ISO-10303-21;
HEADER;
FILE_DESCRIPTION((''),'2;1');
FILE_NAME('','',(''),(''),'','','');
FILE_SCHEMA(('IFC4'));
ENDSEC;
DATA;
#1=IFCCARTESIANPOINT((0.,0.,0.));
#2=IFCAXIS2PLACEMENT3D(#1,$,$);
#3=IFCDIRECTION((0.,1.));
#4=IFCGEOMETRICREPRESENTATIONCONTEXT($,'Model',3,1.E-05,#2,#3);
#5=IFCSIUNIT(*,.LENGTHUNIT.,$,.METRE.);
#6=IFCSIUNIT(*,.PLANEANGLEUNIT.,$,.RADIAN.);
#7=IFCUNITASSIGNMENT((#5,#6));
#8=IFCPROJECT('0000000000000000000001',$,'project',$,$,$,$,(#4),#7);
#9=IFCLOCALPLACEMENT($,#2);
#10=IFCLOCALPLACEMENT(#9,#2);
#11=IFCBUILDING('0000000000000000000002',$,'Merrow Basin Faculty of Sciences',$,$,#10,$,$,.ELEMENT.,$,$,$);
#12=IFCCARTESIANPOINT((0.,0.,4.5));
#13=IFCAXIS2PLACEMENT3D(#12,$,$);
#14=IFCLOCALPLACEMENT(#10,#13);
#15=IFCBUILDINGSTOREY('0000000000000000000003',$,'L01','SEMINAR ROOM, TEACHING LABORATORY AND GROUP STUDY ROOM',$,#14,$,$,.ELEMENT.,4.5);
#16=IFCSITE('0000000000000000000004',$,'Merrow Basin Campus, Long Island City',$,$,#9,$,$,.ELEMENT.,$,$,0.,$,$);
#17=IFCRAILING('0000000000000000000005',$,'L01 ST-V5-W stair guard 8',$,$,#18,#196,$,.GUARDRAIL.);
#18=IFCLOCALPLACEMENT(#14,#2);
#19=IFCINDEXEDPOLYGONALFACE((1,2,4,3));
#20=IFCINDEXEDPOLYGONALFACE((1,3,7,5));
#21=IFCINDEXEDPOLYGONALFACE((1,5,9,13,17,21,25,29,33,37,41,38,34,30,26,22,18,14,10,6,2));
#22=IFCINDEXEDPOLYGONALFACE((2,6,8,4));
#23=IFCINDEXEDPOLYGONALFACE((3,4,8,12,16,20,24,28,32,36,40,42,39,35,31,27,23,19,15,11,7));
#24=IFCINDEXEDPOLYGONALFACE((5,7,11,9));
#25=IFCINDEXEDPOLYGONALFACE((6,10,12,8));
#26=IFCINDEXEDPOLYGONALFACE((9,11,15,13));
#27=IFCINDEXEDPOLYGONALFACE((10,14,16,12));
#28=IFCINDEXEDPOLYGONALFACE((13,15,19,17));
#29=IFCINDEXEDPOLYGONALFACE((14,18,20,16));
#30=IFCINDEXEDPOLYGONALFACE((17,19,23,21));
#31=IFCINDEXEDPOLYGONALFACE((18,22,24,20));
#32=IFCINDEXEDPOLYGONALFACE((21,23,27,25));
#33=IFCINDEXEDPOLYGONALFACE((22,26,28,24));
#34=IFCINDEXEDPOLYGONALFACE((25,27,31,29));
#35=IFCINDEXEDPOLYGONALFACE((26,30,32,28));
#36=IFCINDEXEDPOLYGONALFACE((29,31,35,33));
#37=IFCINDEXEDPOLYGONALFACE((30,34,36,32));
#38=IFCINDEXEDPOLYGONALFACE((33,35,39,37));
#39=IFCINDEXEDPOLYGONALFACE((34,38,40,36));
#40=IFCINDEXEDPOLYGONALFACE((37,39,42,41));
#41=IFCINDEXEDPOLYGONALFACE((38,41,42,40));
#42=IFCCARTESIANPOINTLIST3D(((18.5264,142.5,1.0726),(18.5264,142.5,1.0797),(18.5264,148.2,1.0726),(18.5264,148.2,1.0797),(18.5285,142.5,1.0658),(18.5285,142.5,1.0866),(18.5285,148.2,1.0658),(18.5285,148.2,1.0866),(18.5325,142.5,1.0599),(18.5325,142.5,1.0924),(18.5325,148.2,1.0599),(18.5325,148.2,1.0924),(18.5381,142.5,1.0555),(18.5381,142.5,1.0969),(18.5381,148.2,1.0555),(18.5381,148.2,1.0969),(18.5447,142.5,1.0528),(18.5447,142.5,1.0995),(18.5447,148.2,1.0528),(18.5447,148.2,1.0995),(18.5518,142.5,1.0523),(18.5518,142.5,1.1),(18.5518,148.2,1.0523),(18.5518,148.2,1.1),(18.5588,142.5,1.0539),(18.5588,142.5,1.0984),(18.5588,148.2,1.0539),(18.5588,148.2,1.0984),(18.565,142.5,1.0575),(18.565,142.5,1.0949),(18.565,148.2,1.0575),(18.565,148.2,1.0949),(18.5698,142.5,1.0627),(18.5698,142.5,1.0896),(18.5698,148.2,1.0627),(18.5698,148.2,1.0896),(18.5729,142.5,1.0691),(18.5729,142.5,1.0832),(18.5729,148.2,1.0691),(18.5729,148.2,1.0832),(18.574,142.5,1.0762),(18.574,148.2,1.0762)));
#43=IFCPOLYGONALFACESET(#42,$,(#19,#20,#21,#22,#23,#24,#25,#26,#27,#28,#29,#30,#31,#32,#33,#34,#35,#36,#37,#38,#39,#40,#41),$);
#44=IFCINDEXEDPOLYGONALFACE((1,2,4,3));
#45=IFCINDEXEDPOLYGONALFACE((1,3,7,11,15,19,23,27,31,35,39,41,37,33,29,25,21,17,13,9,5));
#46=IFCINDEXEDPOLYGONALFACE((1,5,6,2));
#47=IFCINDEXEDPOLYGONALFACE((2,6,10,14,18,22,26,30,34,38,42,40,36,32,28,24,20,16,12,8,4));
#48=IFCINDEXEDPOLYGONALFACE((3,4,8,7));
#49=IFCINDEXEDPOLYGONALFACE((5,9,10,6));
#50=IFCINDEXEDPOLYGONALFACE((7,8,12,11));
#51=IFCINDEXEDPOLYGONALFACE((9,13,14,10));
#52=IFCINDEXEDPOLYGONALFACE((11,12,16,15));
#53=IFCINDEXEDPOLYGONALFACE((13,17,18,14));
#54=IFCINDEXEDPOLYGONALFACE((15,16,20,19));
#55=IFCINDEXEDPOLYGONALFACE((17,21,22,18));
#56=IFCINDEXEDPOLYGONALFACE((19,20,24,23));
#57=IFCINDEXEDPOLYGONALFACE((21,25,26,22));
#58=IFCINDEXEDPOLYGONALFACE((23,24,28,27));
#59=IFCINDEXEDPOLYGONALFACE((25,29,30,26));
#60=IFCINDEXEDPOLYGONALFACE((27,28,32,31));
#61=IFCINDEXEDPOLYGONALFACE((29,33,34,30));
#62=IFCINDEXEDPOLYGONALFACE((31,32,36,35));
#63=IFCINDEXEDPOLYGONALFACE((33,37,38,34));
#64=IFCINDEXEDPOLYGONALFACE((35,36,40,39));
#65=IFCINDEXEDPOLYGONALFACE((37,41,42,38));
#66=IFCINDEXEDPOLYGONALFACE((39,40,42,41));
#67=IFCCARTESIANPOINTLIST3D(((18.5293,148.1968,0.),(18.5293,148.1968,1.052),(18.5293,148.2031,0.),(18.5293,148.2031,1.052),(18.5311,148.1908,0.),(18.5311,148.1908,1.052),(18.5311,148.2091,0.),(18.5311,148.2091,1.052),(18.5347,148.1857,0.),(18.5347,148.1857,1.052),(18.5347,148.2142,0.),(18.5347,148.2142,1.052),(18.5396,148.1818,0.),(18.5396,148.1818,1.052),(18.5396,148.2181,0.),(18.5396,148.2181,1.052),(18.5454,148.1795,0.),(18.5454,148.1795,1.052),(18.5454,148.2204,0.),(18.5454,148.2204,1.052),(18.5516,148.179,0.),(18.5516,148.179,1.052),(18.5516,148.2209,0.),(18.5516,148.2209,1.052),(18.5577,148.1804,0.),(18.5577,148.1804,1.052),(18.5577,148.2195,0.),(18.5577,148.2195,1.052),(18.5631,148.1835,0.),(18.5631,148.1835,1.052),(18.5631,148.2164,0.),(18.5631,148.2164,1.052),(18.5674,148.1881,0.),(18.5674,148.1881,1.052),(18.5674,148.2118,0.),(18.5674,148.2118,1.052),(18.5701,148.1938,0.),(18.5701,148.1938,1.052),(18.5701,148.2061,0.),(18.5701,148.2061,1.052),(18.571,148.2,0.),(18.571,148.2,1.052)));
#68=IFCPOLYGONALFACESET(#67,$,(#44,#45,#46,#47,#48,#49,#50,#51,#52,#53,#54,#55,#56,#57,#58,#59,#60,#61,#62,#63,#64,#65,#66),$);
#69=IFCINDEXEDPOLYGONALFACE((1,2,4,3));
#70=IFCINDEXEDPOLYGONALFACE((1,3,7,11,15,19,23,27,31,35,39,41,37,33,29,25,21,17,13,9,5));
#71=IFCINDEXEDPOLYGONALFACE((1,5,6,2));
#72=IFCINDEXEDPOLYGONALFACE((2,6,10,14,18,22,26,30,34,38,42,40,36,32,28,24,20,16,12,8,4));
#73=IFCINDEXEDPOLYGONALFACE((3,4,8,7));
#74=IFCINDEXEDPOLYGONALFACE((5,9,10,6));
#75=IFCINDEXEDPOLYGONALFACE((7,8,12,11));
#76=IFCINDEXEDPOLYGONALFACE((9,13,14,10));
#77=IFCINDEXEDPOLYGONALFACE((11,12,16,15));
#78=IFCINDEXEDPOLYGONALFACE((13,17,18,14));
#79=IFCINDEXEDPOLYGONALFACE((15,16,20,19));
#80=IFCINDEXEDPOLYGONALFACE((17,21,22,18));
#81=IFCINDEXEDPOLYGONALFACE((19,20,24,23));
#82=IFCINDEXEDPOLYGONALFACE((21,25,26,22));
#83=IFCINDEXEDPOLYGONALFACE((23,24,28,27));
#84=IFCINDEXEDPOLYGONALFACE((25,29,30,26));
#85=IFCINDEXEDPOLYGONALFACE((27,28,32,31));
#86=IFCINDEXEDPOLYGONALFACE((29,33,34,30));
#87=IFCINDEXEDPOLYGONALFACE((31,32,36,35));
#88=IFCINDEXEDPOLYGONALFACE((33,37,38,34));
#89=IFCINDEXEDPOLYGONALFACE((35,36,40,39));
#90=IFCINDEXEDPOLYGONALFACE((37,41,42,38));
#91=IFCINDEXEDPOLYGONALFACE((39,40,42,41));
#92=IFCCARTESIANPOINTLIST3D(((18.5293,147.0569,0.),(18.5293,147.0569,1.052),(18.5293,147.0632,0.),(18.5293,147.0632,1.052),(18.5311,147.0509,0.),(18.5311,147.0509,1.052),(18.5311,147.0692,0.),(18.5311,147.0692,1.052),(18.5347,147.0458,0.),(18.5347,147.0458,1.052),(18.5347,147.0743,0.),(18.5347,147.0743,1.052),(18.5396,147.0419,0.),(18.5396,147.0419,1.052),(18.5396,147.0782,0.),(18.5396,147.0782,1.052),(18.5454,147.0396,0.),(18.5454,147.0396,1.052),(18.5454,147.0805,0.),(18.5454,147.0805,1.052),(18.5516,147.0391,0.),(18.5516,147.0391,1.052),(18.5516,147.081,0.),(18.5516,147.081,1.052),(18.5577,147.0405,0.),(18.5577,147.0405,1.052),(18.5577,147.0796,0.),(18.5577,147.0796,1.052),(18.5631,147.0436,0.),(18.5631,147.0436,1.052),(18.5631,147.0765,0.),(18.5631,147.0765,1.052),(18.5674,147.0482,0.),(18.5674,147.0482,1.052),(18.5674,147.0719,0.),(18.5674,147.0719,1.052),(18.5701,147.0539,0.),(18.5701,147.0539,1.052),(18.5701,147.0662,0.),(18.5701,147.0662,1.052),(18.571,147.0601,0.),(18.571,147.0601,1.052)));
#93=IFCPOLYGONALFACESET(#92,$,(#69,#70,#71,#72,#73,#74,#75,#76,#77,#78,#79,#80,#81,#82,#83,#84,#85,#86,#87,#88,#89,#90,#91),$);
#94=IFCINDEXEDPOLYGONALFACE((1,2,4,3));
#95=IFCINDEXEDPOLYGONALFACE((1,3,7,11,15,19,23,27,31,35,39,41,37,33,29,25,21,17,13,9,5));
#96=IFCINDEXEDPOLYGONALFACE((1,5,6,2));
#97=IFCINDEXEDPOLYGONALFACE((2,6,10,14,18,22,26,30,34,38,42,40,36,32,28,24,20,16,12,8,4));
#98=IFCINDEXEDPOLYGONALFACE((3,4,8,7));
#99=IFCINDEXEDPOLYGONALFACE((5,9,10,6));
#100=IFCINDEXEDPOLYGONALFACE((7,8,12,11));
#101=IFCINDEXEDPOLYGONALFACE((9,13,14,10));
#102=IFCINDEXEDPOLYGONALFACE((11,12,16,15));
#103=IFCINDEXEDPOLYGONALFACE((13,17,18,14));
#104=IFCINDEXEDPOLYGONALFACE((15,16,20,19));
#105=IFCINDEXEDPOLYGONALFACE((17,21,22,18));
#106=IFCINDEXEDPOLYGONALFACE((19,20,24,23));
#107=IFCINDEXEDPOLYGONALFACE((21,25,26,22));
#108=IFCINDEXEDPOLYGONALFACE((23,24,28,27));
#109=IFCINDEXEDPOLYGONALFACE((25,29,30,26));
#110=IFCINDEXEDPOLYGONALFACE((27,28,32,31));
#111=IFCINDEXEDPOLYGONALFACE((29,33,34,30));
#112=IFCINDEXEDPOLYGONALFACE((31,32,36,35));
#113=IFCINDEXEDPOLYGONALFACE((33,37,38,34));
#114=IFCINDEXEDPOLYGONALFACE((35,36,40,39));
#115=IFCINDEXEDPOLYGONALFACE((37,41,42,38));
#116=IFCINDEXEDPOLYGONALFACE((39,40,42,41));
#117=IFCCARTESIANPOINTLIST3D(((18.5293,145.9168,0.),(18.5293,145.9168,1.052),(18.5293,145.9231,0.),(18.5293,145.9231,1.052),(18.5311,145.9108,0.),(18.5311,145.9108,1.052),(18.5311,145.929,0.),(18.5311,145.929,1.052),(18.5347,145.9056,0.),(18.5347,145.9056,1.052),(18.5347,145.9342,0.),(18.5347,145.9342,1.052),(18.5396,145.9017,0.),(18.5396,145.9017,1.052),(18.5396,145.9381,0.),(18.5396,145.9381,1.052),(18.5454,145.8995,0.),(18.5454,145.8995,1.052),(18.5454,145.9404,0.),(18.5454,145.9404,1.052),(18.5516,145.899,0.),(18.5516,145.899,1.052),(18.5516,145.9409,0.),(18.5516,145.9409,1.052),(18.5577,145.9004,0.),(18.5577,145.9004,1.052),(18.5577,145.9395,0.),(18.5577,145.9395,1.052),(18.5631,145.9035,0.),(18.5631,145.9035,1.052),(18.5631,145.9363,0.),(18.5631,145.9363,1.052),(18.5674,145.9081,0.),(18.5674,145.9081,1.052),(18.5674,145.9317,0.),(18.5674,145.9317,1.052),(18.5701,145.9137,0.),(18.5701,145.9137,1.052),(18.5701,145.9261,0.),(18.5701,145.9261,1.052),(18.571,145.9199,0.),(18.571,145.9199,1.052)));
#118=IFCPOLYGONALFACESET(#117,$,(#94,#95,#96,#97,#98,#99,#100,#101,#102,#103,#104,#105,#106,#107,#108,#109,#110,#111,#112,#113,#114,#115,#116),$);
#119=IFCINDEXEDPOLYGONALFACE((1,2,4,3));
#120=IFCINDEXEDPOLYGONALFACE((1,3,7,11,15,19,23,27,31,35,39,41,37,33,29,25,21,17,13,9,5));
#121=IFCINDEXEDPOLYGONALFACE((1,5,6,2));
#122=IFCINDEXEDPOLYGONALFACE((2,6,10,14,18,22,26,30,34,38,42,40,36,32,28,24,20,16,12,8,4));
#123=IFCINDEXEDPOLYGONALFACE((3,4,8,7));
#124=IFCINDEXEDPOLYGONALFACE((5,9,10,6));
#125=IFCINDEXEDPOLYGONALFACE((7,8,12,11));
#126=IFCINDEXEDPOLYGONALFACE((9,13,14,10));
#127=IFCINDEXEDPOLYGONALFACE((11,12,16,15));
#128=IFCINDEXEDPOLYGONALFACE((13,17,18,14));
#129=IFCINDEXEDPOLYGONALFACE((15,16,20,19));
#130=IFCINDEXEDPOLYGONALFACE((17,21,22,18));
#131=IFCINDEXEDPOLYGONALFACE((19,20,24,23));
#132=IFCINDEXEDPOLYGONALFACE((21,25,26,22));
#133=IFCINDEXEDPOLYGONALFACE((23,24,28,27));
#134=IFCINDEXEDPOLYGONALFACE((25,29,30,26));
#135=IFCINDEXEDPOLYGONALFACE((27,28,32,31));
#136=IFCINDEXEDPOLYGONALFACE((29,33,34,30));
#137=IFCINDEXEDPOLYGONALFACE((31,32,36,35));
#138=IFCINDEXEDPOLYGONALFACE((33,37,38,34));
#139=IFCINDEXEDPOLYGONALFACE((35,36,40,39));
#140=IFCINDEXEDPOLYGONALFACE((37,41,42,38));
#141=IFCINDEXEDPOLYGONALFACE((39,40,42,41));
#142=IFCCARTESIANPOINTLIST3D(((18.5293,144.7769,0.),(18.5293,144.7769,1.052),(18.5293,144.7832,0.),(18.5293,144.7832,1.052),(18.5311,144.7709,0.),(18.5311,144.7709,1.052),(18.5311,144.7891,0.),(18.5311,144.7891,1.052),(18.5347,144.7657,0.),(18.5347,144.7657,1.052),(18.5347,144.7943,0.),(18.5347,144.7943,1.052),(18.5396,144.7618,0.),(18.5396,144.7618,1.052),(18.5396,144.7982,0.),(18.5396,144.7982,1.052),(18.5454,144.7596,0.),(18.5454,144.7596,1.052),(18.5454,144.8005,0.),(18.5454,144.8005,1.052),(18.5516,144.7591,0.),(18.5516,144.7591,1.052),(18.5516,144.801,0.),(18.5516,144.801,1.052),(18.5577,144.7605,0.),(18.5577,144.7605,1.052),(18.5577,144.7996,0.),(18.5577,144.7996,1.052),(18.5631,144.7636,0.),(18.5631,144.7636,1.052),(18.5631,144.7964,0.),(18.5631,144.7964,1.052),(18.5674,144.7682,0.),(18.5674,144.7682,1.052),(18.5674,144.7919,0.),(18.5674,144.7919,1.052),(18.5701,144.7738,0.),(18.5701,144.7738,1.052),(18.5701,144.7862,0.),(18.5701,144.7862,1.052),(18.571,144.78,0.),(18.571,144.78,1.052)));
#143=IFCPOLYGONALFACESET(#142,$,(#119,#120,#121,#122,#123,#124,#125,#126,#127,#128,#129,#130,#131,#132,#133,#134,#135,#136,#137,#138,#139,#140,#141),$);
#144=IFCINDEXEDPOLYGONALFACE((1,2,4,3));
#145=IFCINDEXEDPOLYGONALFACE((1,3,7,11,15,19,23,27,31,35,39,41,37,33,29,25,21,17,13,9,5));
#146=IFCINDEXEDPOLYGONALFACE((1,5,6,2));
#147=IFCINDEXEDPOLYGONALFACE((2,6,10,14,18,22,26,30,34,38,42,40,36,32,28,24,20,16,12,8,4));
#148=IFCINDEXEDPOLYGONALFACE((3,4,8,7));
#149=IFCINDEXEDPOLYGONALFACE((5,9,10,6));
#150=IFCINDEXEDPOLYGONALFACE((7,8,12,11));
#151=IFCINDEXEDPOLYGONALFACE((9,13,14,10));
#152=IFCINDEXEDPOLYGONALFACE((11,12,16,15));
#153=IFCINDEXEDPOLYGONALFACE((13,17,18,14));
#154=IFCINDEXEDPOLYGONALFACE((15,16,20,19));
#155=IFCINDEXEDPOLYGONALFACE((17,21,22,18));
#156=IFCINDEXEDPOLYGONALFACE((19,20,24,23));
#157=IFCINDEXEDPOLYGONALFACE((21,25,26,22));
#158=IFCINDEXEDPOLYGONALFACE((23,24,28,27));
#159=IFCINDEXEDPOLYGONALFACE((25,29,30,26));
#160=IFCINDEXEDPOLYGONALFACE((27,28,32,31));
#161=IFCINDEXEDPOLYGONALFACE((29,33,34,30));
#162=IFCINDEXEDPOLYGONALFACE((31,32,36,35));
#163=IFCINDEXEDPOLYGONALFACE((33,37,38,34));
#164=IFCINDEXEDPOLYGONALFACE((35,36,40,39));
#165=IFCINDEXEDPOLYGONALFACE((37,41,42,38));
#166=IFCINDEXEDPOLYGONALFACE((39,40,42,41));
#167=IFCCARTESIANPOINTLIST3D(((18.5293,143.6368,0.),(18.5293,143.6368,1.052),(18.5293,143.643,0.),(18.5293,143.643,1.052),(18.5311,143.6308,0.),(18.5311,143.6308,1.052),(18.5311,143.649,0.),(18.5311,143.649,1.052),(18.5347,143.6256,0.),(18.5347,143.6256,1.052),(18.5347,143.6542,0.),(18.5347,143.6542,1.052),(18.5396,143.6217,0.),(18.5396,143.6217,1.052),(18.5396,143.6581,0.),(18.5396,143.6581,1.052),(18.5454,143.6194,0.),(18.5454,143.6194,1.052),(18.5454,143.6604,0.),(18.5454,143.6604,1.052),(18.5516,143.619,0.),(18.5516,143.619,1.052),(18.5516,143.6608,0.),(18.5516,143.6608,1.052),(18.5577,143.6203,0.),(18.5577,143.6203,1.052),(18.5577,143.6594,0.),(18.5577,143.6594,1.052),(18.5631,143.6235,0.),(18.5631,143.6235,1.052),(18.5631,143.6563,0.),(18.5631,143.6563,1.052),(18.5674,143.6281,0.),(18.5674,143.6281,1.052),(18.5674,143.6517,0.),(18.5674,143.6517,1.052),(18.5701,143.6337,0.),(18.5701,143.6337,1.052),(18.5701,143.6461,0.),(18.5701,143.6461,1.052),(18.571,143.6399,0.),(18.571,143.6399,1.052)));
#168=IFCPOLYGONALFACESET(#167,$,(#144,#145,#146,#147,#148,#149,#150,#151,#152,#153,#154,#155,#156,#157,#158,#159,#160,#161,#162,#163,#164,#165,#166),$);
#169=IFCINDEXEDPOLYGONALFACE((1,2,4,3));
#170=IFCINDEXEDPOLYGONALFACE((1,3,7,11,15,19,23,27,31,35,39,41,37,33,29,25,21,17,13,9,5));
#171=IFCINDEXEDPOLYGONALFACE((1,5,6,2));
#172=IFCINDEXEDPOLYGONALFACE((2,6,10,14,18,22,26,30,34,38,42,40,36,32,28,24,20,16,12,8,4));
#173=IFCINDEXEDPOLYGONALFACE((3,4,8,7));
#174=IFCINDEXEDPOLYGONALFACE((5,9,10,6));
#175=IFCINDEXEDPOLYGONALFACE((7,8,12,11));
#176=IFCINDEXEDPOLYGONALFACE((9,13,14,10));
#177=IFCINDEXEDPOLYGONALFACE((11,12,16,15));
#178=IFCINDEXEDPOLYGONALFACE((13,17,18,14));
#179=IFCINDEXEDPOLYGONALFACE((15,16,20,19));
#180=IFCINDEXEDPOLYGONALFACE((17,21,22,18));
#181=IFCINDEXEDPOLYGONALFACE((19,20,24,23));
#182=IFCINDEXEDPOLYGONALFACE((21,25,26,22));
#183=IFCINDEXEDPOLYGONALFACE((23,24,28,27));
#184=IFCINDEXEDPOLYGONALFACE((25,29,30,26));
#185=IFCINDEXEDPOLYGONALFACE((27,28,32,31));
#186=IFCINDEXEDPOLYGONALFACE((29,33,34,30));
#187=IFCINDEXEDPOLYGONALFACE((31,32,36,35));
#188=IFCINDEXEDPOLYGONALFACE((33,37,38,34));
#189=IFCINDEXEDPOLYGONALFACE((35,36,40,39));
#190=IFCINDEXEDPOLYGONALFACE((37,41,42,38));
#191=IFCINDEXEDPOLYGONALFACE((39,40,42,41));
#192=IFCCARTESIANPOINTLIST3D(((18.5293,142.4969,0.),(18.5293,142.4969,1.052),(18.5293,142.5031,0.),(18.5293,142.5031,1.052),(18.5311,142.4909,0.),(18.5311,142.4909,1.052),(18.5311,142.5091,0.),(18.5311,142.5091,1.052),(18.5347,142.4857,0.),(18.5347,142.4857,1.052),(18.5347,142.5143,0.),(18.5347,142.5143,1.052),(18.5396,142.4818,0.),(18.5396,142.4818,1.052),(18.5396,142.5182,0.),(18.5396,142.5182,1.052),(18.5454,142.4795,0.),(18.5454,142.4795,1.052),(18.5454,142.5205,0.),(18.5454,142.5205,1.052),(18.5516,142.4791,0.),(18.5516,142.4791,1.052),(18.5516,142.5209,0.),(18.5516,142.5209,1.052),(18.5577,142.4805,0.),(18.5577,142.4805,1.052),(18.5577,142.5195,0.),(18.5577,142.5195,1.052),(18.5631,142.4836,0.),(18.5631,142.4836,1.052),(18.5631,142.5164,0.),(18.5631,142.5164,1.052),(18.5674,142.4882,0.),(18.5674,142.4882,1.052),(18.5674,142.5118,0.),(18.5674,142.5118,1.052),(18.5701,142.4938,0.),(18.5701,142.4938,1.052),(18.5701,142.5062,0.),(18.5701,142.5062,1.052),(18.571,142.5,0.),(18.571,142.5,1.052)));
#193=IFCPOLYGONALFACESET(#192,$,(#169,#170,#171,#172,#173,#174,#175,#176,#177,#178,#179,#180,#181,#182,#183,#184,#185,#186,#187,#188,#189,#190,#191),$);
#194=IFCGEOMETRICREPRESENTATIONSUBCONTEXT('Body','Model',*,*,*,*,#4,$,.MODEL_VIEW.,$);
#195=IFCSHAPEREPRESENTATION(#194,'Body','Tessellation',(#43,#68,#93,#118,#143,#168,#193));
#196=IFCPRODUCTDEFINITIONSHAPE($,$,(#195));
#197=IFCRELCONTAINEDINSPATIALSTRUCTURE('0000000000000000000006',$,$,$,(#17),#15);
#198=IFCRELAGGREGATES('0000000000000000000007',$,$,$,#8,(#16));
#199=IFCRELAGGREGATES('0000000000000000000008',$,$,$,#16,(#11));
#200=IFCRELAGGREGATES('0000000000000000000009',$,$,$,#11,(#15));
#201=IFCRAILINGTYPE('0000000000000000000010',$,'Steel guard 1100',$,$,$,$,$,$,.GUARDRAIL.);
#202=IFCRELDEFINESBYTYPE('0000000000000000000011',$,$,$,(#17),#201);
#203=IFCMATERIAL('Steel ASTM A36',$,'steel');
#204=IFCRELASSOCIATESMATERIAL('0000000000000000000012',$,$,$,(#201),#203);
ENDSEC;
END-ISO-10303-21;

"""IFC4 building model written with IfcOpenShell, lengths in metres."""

from ifc_helpers import new_model, si_unit, direction, frame, origin, origin_2d, place, context, subcontext, project, spatial, circle, extrude, material, type_object, element, save


model = new_model("IFC4")

# Units and contexts
model_context = context("Model", 3, precision=1e-05, world=origin(), true_north=direction((0.0, 1.0)))
body_context = subcontext(model_context, "Body", "Model", "MODEL_VIEW")
ifc_project = project(units=[si_unit("LENGTHUNIT", "METRE"), si_unit("PLANEANGLEUNIT", "RADIAN")], contexts=[model_context])

# Site, building, storey
site_placement = place(None, origin())
site = spatial("IfcSite", under=ifc_project, at=site_placement, Name="Merrow Basin Campus, Long Island City", CompositionType="ELEMENT", RefElevation=0.0)
building_placement = place(site_placement, origin())
building = spatial("IfcBuilding", under=site, at=building_placement, Name="Merrow Basin Faculty of Sciences", CompositionType="ELEMENT")
storey_placement = place(building_placement, frame((0.0, 0.0, 4.5)))
storey = spatial("IfcBuildingStorey", under=building, at=storey_placement, Name="L01", Description="SEMINAR ROOM, TEACHING LABORATORY AND GROUP STUDY ROOM", CompositionType="ELEMENT", Elevation=4.5)

# Railing
ifc_material_1 = material(Name="Steel ASTM A36", Category="steel")
railing_type_1 = type_object("IfcRailingType", Name="Steel guard 1100", PredefinedType="GUARDRAIL", material=ifc_material_1)
railing_1_placement = place(storey_placement, frame((18.55, 148.2, 0.0)))
element("IfcRailing", 1, at=railing_1_placement, inside=storey, type_object=railing_type_1, Name="L01 ST-V5-W stair guard 8", PredefinedType="GUARDRAIL", context=body_context, shape_type="SweptSolid", body=[
    extrude(circle(Radius=0.0239, at=origin_2d()), frame((0.0, 0.0, 1.0762), z_axis=(0.0, -1.0, 0.0), x_axis=(1.0, 0.0, 0.0)), (0.0, 0.0, 1.0), 5.7),
    extrude(circle(Radius=0.021, at=origin_2d()), origin(), (0.0, 0.0, 1.0), 1.052),
    extrude(circle(Radius=0.021, at=origin_2d()), frame((0.0, -1.1399, 0.0)), (0.0, 0.0, 1.0), 1.052),
    extrude(circle(Radius=0.021, at=origin_2d()), frame((0.0, -2.28, 0.0)), (0.0, 0.0, 1.0), 1.052),
    extrude(circle(Radius=0.021, at=origin_2d()), frame((0.0, -3.4199, 0.0)), (0.0, 0.0, 1.0), 1.052),
    extrude(circle(Radius=0.021, at=origin_2d()), frame((0.0, -4.5601, 0.0)), (0.0, 0.0, 1.0), 1.052),
    extrude(circle(Radius=0.021, at=origin_2d()), frame((0.0, -5.7, 0.0)), (0.0, 0.0, 1.0), 1.052),
])

save(model, "model.ifc")
